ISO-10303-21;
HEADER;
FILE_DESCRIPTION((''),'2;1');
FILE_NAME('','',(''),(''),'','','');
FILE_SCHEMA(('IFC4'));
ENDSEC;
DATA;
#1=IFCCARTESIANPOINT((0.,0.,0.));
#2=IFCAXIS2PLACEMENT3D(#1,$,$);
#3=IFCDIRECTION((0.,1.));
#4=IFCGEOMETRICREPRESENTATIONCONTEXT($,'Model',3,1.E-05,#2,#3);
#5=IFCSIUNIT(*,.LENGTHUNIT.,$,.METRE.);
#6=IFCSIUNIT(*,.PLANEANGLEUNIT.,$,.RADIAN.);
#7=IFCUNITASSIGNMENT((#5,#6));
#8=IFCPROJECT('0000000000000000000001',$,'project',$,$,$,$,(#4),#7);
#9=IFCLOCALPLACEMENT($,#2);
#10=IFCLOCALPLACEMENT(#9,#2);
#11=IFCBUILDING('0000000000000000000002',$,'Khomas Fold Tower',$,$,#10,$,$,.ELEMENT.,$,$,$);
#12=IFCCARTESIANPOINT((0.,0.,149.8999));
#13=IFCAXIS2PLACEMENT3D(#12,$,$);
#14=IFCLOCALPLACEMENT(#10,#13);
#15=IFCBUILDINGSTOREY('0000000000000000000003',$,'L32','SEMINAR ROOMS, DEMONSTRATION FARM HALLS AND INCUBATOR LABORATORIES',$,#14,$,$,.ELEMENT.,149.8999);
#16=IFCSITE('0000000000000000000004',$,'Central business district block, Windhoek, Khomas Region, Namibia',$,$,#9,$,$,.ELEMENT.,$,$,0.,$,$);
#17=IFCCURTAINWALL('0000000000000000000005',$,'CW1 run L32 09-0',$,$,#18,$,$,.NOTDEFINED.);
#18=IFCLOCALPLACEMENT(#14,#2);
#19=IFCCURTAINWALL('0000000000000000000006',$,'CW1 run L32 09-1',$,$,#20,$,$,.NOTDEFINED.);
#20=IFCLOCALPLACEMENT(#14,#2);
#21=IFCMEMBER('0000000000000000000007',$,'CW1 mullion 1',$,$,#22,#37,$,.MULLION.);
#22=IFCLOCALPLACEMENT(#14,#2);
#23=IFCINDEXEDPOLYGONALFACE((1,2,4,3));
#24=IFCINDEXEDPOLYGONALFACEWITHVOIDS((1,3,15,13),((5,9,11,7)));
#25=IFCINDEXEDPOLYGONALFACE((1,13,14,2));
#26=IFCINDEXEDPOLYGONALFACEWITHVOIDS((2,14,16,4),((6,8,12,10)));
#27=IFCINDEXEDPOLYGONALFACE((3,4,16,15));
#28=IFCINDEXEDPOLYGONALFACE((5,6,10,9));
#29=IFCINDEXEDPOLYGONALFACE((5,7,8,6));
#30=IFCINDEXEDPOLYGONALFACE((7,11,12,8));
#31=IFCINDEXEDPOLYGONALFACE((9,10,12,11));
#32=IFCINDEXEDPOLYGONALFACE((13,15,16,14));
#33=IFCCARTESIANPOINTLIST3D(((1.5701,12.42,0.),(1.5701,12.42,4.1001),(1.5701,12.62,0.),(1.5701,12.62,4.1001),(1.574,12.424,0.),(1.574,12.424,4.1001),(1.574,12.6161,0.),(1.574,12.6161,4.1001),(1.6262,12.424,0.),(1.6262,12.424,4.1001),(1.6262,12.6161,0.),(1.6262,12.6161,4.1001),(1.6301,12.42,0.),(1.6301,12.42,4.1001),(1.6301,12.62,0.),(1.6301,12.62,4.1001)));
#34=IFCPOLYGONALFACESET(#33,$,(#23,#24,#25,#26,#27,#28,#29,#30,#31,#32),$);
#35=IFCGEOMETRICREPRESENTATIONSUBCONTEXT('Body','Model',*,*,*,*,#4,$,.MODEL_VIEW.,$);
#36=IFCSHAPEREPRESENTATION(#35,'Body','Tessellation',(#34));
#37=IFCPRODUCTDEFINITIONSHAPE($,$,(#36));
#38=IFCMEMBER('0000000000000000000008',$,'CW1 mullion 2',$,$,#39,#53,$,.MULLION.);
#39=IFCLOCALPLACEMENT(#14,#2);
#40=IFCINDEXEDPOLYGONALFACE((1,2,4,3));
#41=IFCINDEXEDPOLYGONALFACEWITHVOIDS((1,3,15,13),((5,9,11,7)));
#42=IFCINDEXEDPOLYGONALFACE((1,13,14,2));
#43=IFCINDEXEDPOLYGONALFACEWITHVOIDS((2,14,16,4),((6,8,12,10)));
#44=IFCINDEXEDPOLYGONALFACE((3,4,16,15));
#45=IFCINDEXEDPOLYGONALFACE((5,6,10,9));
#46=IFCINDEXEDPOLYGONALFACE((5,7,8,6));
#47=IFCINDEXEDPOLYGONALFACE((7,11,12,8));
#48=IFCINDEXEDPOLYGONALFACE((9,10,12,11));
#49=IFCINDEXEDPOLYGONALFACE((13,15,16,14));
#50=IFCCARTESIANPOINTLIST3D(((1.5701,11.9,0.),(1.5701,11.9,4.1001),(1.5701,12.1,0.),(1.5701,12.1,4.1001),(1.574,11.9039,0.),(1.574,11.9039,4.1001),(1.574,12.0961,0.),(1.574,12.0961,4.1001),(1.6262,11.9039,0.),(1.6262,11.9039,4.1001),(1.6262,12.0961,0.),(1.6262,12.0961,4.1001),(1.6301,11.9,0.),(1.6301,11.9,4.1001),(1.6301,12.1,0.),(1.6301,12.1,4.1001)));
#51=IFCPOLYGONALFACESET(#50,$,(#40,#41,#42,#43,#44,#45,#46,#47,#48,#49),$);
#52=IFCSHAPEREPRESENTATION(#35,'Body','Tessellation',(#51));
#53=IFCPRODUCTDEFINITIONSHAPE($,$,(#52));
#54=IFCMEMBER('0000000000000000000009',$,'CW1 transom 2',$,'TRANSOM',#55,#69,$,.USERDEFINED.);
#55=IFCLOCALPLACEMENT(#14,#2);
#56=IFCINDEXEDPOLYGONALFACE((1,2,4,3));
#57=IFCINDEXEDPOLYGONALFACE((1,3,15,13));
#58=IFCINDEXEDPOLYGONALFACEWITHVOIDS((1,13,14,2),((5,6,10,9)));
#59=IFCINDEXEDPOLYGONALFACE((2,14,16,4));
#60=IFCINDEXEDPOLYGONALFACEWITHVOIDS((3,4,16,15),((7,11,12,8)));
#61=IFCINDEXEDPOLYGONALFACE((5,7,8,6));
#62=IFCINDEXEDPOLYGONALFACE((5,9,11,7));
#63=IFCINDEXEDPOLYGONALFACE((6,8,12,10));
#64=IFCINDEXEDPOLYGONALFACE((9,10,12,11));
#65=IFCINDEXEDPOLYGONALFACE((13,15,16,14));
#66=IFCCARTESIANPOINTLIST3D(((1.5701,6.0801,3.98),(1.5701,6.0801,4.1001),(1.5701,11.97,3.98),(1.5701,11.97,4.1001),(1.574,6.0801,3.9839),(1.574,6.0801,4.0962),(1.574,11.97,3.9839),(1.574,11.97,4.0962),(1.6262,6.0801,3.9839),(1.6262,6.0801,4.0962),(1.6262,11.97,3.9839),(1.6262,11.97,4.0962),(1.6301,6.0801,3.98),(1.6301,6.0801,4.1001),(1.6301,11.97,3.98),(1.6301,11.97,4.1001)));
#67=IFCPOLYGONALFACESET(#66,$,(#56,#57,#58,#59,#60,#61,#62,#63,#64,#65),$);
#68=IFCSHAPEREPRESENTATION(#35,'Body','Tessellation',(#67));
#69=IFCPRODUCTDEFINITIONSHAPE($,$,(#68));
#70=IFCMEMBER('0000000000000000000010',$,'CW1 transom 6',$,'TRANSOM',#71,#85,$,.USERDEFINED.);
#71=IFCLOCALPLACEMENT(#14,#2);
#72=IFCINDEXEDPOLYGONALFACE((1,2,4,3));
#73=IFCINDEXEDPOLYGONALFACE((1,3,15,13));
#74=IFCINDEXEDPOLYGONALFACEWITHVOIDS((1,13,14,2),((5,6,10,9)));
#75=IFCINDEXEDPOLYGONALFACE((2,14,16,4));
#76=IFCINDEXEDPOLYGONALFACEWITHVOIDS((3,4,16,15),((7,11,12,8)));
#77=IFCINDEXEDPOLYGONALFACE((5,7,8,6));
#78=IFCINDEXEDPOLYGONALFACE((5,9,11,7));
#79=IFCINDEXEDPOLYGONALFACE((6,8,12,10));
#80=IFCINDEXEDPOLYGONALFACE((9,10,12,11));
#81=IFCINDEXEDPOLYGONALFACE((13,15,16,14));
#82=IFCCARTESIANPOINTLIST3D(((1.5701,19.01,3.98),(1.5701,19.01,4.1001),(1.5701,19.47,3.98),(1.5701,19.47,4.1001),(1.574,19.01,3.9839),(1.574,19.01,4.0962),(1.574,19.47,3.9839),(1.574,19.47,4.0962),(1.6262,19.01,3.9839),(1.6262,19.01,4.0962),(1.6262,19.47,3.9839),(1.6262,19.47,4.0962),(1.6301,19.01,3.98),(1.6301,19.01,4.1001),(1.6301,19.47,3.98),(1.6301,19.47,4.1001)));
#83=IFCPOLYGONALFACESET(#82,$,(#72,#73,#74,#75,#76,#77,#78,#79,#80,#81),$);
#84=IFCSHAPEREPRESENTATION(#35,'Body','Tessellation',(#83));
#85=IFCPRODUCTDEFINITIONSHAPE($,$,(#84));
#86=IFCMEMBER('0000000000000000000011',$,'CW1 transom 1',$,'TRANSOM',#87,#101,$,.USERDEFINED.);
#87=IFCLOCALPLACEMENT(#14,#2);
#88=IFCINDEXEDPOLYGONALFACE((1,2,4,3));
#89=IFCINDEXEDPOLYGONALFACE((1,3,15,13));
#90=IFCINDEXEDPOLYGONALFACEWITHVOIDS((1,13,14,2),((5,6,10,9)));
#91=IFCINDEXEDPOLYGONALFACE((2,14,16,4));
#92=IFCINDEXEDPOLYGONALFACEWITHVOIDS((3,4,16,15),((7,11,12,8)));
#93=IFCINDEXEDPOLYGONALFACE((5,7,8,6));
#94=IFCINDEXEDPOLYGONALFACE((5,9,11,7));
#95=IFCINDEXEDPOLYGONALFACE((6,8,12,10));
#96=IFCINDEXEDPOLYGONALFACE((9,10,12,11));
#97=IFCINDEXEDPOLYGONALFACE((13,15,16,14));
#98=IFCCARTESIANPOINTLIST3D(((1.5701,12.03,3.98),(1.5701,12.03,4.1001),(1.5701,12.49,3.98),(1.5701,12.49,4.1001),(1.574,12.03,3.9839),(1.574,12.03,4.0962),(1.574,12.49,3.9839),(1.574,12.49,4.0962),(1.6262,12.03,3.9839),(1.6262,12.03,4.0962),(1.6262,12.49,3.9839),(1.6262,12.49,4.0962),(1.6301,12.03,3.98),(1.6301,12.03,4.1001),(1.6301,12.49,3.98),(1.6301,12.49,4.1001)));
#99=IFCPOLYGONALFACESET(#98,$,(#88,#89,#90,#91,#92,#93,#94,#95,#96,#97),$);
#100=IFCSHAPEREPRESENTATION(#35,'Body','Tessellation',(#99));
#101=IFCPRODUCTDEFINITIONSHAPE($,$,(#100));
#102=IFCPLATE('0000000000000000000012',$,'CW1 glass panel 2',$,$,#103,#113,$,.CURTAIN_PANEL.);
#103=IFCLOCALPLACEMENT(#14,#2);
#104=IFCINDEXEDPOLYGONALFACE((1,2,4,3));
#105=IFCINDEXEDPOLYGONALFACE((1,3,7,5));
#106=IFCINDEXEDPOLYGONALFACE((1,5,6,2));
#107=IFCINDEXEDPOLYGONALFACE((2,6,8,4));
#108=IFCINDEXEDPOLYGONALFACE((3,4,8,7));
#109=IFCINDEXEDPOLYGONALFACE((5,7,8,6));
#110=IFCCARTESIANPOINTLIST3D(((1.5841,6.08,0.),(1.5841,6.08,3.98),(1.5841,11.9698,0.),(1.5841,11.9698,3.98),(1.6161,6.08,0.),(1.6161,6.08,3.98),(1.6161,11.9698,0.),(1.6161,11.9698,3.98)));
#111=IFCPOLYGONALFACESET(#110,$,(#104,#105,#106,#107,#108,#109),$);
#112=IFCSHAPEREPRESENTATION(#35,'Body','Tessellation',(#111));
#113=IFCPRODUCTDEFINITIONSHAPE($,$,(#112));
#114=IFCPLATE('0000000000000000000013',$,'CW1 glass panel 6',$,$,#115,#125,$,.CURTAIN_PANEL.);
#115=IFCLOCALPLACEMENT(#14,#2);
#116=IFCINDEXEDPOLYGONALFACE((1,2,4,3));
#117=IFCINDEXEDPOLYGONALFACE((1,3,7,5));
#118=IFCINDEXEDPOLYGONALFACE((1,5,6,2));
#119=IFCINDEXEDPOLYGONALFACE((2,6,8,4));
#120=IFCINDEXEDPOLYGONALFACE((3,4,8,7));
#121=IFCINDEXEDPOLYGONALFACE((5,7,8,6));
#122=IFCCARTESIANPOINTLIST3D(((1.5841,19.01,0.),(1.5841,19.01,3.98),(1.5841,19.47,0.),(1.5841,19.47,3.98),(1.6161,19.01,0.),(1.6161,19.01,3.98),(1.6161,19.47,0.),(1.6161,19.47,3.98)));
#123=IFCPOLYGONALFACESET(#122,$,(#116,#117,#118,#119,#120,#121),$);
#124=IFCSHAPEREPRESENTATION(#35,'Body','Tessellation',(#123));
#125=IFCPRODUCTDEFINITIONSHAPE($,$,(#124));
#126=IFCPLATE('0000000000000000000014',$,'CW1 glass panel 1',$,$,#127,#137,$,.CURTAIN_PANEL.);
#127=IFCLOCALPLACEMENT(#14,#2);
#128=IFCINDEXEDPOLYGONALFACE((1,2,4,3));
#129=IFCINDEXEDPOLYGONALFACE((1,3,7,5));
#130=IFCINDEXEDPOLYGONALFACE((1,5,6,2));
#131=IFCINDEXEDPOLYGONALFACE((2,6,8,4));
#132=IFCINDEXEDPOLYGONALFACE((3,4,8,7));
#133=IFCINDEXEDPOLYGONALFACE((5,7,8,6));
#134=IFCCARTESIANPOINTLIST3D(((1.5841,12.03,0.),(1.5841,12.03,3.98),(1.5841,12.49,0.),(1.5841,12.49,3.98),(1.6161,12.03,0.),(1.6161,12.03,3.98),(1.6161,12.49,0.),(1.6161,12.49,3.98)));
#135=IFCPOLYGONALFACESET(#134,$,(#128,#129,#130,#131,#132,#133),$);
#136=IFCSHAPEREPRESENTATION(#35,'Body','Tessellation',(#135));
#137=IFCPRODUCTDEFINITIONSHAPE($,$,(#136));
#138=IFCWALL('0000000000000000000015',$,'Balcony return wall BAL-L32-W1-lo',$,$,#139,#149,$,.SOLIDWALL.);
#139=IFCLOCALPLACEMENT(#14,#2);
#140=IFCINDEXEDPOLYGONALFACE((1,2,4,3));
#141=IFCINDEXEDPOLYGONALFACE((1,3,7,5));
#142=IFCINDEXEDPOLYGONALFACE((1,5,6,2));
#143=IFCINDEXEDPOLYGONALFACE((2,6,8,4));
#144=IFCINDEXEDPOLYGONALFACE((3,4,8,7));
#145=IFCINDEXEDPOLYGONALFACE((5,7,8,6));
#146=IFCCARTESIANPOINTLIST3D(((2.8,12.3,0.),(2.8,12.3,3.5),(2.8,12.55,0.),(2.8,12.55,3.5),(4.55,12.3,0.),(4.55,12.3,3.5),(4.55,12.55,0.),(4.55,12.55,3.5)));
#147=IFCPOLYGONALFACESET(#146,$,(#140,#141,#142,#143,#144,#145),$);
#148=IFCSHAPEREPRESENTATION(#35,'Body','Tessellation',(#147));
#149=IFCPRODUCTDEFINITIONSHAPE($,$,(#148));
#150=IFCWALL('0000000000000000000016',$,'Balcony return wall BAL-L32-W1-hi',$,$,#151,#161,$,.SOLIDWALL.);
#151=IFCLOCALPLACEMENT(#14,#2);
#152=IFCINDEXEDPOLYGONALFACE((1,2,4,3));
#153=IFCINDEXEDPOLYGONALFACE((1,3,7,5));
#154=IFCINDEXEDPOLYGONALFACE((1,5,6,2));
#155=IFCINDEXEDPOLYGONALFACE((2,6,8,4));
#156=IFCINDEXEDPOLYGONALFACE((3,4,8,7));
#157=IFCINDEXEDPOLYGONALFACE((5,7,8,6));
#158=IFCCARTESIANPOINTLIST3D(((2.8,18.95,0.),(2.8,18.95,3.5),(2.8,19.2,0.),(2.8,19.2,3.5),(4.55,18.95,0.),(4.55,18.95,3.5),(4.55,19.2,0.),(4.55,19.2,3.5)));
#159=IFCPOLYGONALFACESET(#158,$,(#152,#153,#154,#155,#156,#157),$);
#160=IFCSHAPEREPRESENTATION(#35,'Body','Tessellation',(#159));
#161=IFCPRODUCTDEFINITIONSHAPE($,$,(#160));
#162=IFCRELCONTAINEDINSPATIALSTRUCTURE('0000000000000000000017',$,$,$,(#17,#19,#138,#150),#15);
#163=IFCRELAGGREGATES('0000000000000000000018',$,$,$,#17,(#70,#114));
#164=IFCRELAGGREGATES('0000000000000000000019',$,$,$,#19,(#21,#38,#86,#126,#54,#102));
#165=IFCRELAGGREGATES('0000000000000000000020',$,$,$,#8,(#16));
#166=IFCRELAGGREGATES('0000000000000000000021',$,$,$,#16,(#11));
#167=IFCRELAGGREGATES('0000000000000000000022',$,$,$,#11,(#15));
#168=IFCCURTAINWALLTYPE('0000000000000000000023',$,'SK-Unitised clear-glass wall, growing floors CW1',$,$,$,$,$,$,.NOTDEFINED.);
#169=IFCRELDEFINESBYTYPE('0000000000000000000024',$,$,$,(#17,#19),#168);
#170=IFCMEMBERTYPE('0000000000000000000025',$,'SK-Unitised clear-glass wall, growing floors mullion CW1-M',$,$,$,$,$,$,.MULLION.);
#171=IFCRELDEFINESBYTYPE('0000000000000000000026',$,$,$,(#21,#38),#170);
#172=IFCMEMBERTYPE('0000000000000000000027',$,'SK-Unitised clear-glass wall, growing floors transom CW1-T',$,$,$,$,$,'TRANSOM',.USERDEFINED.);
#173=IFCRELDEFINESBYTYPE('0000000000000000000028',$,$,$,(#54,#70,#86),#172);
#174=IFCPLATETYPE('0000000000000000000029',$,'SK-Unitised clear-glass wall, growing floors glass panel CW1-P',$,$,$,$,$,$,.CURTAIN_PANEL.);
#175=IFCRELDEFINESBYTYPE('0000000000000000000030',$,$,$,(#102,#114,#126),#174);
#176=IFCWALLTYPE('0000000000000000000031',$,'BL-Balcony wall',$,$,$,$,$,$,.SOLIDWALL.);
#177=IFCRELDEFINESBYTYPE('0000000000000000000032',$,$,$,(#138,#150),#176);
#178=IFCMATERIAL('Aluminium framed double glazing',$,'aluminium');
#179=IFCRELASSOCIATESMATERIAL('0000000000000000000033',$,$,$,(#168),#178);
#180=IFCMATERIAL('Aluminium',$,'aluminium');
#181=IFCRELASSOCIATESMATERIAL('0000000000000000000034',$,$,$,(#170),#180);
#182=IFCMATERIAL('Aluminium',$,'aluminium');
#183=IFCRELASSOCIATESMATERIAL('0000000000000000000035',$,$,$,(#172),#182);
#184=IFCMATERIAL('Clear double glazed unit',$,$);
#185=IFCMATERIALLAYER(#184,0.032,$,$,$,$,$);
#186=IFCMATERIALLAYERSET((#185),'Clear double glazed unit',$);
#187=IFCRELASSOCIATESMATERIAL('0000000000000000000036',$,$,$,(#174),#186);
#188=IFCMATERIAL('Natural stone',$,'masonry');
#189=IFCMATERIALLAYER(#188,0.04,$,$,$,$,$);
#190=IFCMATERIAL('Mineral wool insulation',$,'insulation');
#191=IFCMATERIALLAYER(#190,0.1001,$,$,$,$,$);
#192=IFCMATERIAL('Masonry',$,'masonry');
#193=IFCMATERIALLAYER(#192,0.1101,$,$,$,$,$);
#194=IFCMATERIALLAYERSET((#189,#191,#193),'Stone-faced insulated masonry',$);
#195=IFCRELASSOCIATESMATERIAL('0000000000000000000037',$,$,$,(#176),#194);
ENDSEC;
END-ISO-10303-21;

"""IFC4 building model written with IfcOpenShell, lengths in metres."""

from ifc_helpers import new_model, si_unit, direction, frame, frame_2d, origin, origin_2d, place, context, subcontext, project, spatial, rectangle, hollow_rectangle, extrude, source, transform, mapped, material, layer, layer_set, material_profile, profile_set, type_object, element, aggregate, save


model = new_model("IFC4")

# Units and contexts
model_context = context("Model", 3, precision=1e-05, world=origin(), true_north=direction((0.0, 1.0)))
body_context = subcontext(model_context, "Body", "Model", "MODEL_VIEW")
ifc_project = project(units=[si_unit("LENGTHUNIT", "METRE"), si_unit("PLANEANGLEUNIT", "RADIAN")], contexts=[model_context])

# Site, building, storey
site_placement = place(None, origin())
site = spatial("IfcSite", under=ifc_project, at=site_placement, Name="Central business district block, Windhoek, Khomas Region, Namibia", CompositionType="ELEMENT", RefElevation=0.0)
building_placement = place(site_placement, origin())
building = spatial("IfcBuilding", under=site, at=building_placement, Name="Khomas Fold Tower", CompositionType="ELEMENT")
storey_placement = place(building_placement, frame((0.0, 0.0, 149.8999)))
storey = spatial("IfcBuildingStorey", under=building, at=storey_placement, Name="L32", Description="SEMINAR ROOMS, DEMONSTRATION FARM HALLS AND INCUBATOR LABORATORIES", CompositionType="ELEMENT", Elevation=149.8999)

# Curtain walls, members
ifc_material_1 = material(Name="Aluminium framed double glazing", Category="aluminium")
curtain_wall_type = type_object("IfcCurtainWallType", Name="SK-Unitised clear-glass wall, growing floors CW1", PredefinedType="NOTDEFINED", material=ifc_material_1)
curtain_wall_1_placement = place(storey_placement, origin())
curtain_wall_1 = element("IfcCurtainWall", 1, at=curtain_wall_1_placement, inside=storey, type_object=curtain_wall_type, Name="CW1 run L32 09-0", PredefinedType="NOTDEFINED")
ifc_material_2 = material(Name="Aluminium", Category="aluminium")
ifc_material_profile_1 = material_profile(ifc_material_2, hollow_rectangle(XDim=0.0601, YDim=0.2, WallThickness=0.0039, at=origin_2d()), Name="SK-Unitised clear-glass wall, growing floors mullion CW1-M")
ifc_profile_set_1 = profile_set([ifc_material_profile_1], Name="Aluminium")
member_type_1 = type_object("IfcMemberType", Name="SK-Unitised clear-glass wall, growing floors mullion CW1-M", PredefinedType="MULLION", material=ifc_profile_set_1)
shared_shape_1 = source(origin(), body_context, "Body", "SweptSolid", [
    extrude(hollow_rectangle(XDim=0.0601, YDim=0.2, WallThickness=0.0039, at=origin_2d()), origin(), (0.0, 0.0, 1.0), 4.1001),
])
curtain_wall_2_placement = place(storey_placement, origin())
curtain_wall_2 = element("IfcCurtainWall", 2, at=curtain_wall_2_placement, inside=storey, type_object=curtain_wall_type, Name="CW1 run L32 09-1", PredefinedType="NOTDEFINED")
member_1_placement = place(storey_placement, frame((1.6001, 12.52, 0.0), z_axis=(0.0, 0.0, 1.0), x_axis=(1.0, 0.0, 0.0)))
member_1 = element("IfcMember", 3, at=member_1_placement, type_object=member_type_1, Name="CW1 mullion 1", PredefinedType="MULLION", context=body_context, shape_type="MappedRepresentation", body=[
    mapped(shared_shape_1, transform((0.0, 0.0, 0.0))),
])
member_2_placement = place(storey_placement, frame((1.6001, 12.0, 0.0), z_axis=(0.0, 0.0, 1.0), x_axis=(1.0, 0.0, 0.0)))
member_2 = element("IfcMember", 4, at=member_2_placement, type_object=member_type_1, Name="CW1 mullion 2", PredefinedType="MULLION", context=body_context, shape_type="MappedRepresentation", body=[
    mapped(shared_shape_1, transform((0.0, 0.0, 0.0))),
])
ifc_material_3 = material(Name="Aluminium", Category="aluminium")
ifc_material_profile_2 = material_profile(ifc_material_3, hollow_rectangle(XDim=0.0601, YDim=0.1201, WallThickness=0.0039, at=origin_2d()), Name="SK-Unitised clear-glass wall, growing floors transom CW1-T")
ifc_profile_set_2 = profile_set([ifc_material_profile_2], Name="Aluminium")
member_type_2 = type_object("IfcMemberType", Name="SK-Unitised clear-glass wall, growing floors transom CW1-T", ElementType="TRANSOM", PredefinedType="USERDEFINED", material=ifc_profile_set_2)
shared_shape_2 = source(origin(), body_context, "Body", "SweptSolid", [
    extrude(hollow_rectangle(XDim=0.0601, YDim=0.1201, WallThickness=0.0039, at=origin_2d()), origin(), (0.0, 0.0, 1.0), 5.8899),
])
member_3_placement = place(storey_placement, frame((1.6001, 11.97, 4.04), z_axis=(0.0, -1.0, 0.0), x_axis=(1.0, 0.0, 0.0)))
member_3 = element("IfcMember", 5, at=member_3_placement, type_object=member_type_2, Name="CW1 transom 2", ObjectType="TRANSOM", PredefinedType="USERDEFINED", context=body_context, shape_type="MappedRepresentation", body=[
    mapped(shared_shape_2, transform((0.0, 0.0, 0.0))),
])

# Members
shared_shape_3 = source(origin(), body_context, "Body", "SweptSolid", [
    extrude(hollow_rectangle(XDim=0.0601, YDim=0.1201, WallThickness=0.0039, at=origin_2d()), origin(), (0.0, 0.0, 1.0), 0.46),
])
member_4_placement = place(storey_placement, frame((1.6001, 19.47, 4.04), z_axis=(0.0, -1.0, 0.0), x_axis=(1.0, 0.0, 0.0)))
member_4 = element("IfcMember", 6, at=member_4_placement, type_object=member_type_2, Name="CW1 transom 6", ObjectType="TRANSOM", PredefinedType="USERDEFINED", context=body_context, shape_type="MappedRepresentation", body=[
    mapped(shared_shape_3, transform((0.0, 0.0, 0.0))),
])
member_5_placement = place(storey_placement, frame((1.6001, 12.49, 4.04), z_axis=(0.0, -1.0, 0.0), x_axis=(1.0, 0.0, 0.0)))
member_5 = element("IfcMember", 7, at=member_5_placement, type_object=member_type_2, Name="CW1 transom 1", ObjectType="TRANSOM", PredefinedType="USERDEFINED", context=body_context, shape_type="MappedRepresentation", body=[
    mapped(shared_shape_3, transform((0.0, 0.0, 0.0))),
])

# Plates
ifc_material_4 = material(Name="Clear double glazed unit")
ifc_layer_1 = layer(ifc_material_4, 0.032)
ifc_layer_set_1 = layer_set([ifc_layer_1], Name="Clear double glazed unit")
plate_type = type_object("IfcPlateType", Name="SK-Unitised clear-glass wall, growing floors glass panel CW1-P", PredefinedType="CURTAIN_PANEL", material=ifc_layer_set_1)
shared_shape_4 = source(origin(), body_context, "Body", "SweptSolid", [
    extrude(rectangle(XDim=5.8899, YDim=0.032, at=origin_2d()), origin(), (0.0, 0.0, 1.0), 3.98),
])
plate_1_placement = place(storey_placement, frame((1.6001, 9.0249, 0.0), z_axis=(0.0, 0.0, 1.0), x_axis=(0.0, -1.0, 0.0)))
plate_1 = element("IfcPlate", 8, at=plate_1_placement, type_object=plate_type, Name="CW1 glass panel 2", PredefinedType="CURTAIN_PANEL", context=body_context, shape_type="MappedRepresentation", body=[
    mapped(shared_shape_4, transform((0.0, 0.0, 0.0))),
])
shared_shape_5 = source(origin(), body_context, "Body", "SweptSolid", [
    extrude(rectangle(XDim=0.46, YDim=0.032, at=origin_2d()), origin(), (0.0, 0.0, 1.0), 3.98),
])
plate_2_placement = place(storey_placement, frame((1.6001, 19.24, 0.0), z_axis=(0.0, 0.0, 1.0), x_axis=(0.0, -1.0, 0.0)))
plate_2 = element("IfcPlate", 9, at=plate_2_placement, type_object=plate_type, Name="CW1 glass panel 6", PredefinedType="CURTAIN_PANEL", context=body_context, shape_type="MappedRepresentation", body=[
    mapped(shared_shape_5, transform((0.0, 0.0, 0.0))),
])
aggregate(curtain_wall_1, [member_4, plate_2])
plate_3_placement = place(storey_placement, frame((1.6001, 12.26, 0.0), z_axis=(0.0, 0.0, 1.0), x_axis=(0.0, -1.0, 0.0)))
plate_3 = element("IfcPlate", 10, at=plate_3_placement, type_object=plate_type, Name="CW1 glass panel 1", PredefinedType="CURTAIN_PANEL", context=body_context, shape_type="MappedRepresentation", body=[
    mapped(shared_shape_5, transform((0.0, 0.0, 0.0))),
])
aggregate(curtain_wall_2, [member_1, member_2, member_5, plate_3, member_3, plate_1])

# Shared definitions
ifc_material_5 = material(Name="Natural stone", Category="masonry")
ifc_layer_2 = layer(ifc_material_5, 0.04)
ifc_material_6 = material(Name="Mineral wool insulation", Category="insulation")
ifc_layer_3 = layer(ifc_material_6, 0.1001)
ifc_material_7 = material(Name="Masonry", Category="masonry")
ifc_layer_4 = layer(ifc_material_7, 0.1101)
ifc_layer_set_2 = layer_set([ifc_layer_2, ifc_layer_3, ifc_layer_4], Name="Stone-faced insulated masonry")
wall_type_1 = type_object("IfcWallType", Name="BL-Balcony wall", PredefinedType="SOLIDWALL", material=ifc_layer_set_2)

# Walls
shared_shape_6 = source(origin(), body_context, "Body", "SweptSolid", [
    extrude(rectangle(XDim=1.75, YDim=0.25, at=frame_2d((0.875, 0.0))), origin(), (0.0, 0.0, 1.0), 3.5),
])
for number, where, z_axis, x_axis, name in (
    (11, (2.8, 12.425, 0.0), (0.0, 0.0, 1.0), (1.0, 0.0, 0.0), "Balcony return wall BAL-L32-W1-lo"),
    (12, (2.8, 19.075, 0.0), (0.0, 0.0, 1.0), (1.0, 0.0, 0.0), "Balcony return wall BAL-L32-W1-hi"),
):
    element("IfcWall", number, at=place(storey_placement, frame(where, z_axis=z_axis, x_axis=x_axis)), inside=storey, type_object=wall_type_1, Name=name, PredefinedType="SOLIDWALL", context=body_context, shape_type="MappedRepresentation", body=[
        mapped(shared_shape_6, transform((0.0, 0.0, 0.0))),
    ])

save(model, "model.ifc")
